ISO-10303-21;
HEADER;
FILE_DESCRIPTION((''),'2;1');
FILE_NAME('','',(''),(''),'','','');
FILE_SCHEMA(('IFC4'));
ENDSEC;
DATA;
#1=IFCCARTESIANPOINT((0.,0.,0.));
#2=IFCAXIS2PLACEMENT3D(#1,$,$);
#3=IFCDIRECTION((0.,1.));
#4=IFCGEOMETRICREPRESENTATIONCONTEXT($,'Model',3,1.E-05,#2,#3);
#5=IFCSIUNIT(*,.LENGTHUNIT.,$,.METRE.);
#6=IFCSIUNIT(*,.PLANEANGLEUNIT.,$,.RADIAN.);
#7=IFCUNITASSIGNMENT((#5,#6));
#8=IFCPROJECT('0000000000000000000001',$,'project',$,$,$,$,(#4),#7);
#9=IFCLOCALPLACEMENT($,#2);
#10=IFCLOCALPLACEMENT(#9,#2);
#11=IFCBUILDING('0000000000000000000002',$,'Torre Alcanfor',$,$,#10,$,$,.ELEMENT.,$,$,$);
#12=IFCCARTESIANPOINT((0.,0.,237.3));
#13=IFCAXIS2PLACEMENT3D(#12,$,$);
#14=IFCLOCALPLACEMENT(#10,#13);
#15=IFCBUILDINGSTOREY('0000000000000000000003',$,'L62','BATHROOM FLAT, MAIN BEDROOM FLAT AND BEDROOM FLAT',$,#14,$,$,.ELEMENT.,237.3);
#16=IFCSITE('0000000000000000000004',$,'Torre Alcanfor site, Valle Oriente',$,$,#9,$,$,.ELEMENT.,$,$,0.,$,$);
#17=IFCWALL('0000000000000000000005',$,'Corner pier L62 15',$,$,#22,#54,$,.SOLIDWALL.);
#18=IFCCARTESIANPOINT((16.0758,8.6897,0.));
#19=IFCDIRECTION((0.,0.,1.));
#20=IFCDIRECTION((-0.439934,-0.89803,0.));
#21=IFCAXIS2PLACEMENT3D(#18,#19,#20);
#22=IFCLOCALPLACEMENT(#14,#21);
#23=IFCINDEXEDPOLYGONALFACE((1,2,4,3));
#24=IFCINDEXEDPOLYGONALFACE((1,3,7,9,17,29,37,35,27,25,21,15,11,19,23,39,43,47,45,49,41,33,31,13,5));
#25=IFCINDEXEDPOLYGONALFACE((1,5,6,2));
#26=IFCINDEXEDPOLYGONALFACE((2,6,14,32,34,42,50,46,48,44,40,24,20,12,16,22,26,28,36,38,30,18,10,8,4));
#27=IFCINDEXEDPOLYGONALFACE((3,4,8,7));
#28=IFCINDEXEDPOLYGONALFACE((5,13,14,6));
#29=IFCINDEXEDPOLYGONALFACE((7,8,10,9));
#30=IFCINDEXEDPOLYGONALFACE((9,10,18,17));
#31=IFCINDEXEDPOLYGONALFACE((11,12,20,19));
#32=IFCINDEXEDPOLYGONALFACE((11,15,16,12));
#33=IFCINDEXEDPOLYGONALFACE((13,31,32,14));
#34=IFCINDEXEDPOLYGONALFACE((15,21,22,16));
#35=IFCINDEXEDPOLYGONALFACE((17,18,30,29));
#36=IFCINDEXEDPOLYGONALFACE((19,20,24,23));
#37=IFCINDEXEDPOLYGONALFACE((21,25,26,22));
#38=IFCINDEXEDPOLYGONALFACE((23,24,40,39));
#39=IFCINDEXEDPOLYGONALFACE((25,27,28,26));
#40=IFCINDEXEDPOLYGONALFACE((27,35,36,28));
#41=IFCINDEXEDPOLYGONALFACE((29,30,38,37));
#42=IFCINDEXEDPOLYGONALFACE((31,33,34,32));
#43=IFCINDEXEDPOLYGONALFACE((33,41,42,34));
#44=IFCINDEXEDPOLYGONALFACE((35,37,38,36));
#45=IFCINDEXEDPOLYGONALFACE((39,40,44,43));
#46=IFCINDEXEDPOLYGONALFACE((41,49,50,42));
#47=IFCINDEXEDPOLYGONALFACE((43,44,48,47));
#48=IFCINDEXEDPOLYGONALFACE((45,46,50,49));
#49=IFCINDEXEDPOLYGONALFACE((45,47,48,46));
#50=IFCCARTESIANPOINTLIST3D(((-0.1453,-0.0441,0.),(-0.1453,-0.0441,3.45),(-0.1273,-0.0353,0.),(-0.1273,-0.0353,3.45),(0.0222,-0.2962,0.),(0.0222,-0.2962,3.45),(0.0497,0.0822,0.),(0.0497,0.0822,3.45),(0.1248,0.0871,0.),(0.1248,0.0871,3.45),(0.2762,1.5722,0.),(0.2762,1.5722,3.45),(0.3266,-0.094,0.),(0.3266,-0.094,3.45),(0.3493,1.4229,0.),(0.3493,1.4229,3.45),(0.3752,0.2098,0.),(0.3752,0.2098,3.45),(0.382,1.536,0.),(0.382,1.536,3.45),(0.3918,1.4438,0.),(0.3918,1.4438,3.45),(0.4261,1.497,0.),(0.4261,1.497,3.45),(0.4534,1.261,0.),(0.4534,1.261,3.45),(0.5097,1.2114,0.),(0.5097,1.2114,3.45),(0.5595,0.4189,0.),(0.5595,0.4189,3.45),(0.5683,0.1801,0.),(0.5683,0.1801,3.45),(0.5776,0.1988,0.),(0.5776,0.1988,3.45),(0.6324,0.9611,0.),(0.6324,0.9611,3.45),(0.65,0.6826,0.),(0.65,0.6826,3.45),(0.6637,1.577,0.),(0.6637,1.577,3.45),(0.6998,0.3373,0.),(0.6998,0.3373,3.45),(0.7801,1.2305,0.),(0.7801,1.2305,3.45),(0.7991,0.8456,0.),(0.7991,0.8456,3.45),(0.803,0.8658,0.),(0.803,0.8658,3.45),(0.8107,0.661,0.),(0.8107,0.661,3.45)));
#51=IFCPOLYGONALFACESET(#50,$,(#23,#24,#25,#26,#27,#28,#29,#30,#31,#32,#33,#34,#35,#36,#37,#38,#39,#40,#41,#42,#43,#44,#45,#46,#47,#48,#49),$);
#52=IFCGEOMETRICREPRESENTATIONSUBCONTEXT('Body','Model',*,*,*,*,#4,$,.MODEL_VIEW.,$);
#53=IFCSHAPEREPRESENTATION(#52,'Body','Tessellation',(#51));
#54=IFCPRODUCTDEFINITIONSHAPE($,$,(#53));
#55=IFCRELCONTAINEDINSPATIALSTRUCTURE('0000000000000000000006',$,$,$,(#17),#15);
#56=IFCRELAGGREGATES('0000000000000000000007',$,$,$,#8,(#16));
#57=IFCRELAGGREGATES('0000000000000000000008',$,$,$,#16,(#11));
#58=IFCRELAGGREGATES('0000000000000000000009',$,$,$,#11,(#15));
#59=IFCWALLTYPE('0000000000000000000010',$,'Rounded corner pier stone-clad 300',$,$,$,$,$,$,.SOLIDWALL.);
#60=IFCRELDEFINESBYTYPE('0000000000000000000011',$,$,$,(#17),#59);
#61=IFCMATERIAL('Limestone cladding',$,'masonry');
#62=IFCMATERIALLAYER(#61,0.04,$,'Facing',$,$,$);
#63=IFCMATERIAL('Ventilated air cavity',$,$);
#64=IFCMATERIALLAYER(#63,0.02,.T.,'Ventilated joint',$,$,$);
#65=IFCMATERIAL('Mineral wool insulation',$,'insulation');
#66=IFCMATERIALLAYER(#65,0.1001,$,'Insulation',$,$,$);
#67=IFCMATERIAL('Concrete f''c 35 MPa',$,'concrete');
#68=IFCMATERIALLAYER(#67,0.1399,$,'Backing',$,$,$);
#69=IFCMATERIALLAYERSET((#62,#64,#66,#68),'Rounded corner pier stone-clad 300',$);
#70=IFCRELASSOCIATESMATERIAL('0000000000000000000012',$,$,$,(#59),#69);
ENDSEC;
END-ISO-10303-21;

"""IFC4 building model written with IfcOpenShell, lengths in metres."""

from ifc_helpers import new_model, si_unit, direction, frame, origin, place, context, subcontext, project, spatial, polyline, outline, extrude, material, layer, layer_set, type_object, element, save


model = new_model("IFC4")

# Units and contexts
model_context = context("Model", 3, precision=1e-05, world=origin(), true_north=direction((0.0, 1.0)))
body_context = subcontext(model_context, "Body", "Model", "MODEL_VIEW")
ifc_project = project(units=[si_unit("LENGTHUNIT", "METRE"), si_unit("PLANEANGLEUNIT", "RADIAN")], contexts=[model_context])

# Site, building, storey
site_placement = place(None, origin())
site = spatial("IfcSite", under=ifc_project, at=site_placement, Name="Torre Alcanfor site, Valle Oriente", CompositionType="ELEMENT", RefElevation=0.0)
building_placement = place(site_placement, origin())
building = spatial("IfcBuilding", under=site, at=building_placement, Name="Torre Alcanfor", CompositionType="ELEMENT")
storey_placement = place(building_placement, frame((0.0, 0.0, 237.3)))
storey = spatial("IfcBuildingStorey", under=building, at=storey_placement, Name="L62", Description="BATHROOM FLAT, MAIN BEDROOM FLAT AND BEDROOM FLAT", CompositionType="ELEMENT", Elevation=237.3)

# Shared definitions
ifc_material_1 = material(Name="Limestone cladding", Category="masonry")
ifc_material_2 = material(Name="Ventilated air cavity")
ifc_material_3 = material(Name="Mineral wool insulation", Category="insulation")
ifc_material_4 = material(Name="Concrete f'c 35 MPa", Category="concrete")

# Wall
ifc_layer_1 = layer(ifc_material_1, 0.04, Name="Facing")
ifc_layer_2 = layer(ifc_material_2, 0.02, ventilated=True, Name="Ventilated joint")
ifc_layer_3 = layer(ifc_material_3, 0.1001, Name="Insulation")
ifc_layer_4 = layer(ifc_material_4, 0.1399, Name="Backing")
ifc_layer_set_1 = layer_set([ifc_layer_1, ifc_layer_2, ifc_layer_3, ifc_layer_4], Name="Rounded corner pier stone-clad 300")
wall_type_1 = type_object("IfcWallType", Name="Rounded corner pier stone-clad 300", PredefinedType="SOLIDWALL", material=ifc_layer_set_1)
wall_1_placement = place(storey_placement, frame((16.0758, 8.6897, 0.0), z_axis=(0.0, 0.0, 1.0), x_axis=(-0.439934, -0.89803, 0.0)))
element("IfcWall", 1, at=wall_1_placement, inside=storey, type_object=wall_type_1, Name="Corner pier L62 15", PredefinedType="SOLIDWALL", context=body_context, shape_type="SweptSolid", body=[
    extrude(outline(polyline([(0.6637, 1.577), (0.4261, 1.497), (0.382, 1.536), (0.2762, 1.5722), (0.3493, 1.4229), (0.3918, 1.4438), (0.4534, 1.261), (0.5097, 1.2114), (0.6324, 0.9611), (0.65, 0.6826), (0.5595, 0.4189), (0.3752, 0.2098), (0.1248, 0.0871), (0.0497, 0.0822), (-0.1273, -0.0353), (-0.1453, -0.0441), (0.0222, -0.2962), (0.3266, -0.094), (0.5683, 0.1801), (0.5776, 0.1988), (0.6998, 0.3373), (0.8107, 0.661), (0.7991, 0.8456), (0.803, 0.8658), (0.7801, 1.2305), (0.6637, 1.577)])), origin(), (0.0, 0.0, 1.0), 3.45),
])

save(model, "model.ifc")
